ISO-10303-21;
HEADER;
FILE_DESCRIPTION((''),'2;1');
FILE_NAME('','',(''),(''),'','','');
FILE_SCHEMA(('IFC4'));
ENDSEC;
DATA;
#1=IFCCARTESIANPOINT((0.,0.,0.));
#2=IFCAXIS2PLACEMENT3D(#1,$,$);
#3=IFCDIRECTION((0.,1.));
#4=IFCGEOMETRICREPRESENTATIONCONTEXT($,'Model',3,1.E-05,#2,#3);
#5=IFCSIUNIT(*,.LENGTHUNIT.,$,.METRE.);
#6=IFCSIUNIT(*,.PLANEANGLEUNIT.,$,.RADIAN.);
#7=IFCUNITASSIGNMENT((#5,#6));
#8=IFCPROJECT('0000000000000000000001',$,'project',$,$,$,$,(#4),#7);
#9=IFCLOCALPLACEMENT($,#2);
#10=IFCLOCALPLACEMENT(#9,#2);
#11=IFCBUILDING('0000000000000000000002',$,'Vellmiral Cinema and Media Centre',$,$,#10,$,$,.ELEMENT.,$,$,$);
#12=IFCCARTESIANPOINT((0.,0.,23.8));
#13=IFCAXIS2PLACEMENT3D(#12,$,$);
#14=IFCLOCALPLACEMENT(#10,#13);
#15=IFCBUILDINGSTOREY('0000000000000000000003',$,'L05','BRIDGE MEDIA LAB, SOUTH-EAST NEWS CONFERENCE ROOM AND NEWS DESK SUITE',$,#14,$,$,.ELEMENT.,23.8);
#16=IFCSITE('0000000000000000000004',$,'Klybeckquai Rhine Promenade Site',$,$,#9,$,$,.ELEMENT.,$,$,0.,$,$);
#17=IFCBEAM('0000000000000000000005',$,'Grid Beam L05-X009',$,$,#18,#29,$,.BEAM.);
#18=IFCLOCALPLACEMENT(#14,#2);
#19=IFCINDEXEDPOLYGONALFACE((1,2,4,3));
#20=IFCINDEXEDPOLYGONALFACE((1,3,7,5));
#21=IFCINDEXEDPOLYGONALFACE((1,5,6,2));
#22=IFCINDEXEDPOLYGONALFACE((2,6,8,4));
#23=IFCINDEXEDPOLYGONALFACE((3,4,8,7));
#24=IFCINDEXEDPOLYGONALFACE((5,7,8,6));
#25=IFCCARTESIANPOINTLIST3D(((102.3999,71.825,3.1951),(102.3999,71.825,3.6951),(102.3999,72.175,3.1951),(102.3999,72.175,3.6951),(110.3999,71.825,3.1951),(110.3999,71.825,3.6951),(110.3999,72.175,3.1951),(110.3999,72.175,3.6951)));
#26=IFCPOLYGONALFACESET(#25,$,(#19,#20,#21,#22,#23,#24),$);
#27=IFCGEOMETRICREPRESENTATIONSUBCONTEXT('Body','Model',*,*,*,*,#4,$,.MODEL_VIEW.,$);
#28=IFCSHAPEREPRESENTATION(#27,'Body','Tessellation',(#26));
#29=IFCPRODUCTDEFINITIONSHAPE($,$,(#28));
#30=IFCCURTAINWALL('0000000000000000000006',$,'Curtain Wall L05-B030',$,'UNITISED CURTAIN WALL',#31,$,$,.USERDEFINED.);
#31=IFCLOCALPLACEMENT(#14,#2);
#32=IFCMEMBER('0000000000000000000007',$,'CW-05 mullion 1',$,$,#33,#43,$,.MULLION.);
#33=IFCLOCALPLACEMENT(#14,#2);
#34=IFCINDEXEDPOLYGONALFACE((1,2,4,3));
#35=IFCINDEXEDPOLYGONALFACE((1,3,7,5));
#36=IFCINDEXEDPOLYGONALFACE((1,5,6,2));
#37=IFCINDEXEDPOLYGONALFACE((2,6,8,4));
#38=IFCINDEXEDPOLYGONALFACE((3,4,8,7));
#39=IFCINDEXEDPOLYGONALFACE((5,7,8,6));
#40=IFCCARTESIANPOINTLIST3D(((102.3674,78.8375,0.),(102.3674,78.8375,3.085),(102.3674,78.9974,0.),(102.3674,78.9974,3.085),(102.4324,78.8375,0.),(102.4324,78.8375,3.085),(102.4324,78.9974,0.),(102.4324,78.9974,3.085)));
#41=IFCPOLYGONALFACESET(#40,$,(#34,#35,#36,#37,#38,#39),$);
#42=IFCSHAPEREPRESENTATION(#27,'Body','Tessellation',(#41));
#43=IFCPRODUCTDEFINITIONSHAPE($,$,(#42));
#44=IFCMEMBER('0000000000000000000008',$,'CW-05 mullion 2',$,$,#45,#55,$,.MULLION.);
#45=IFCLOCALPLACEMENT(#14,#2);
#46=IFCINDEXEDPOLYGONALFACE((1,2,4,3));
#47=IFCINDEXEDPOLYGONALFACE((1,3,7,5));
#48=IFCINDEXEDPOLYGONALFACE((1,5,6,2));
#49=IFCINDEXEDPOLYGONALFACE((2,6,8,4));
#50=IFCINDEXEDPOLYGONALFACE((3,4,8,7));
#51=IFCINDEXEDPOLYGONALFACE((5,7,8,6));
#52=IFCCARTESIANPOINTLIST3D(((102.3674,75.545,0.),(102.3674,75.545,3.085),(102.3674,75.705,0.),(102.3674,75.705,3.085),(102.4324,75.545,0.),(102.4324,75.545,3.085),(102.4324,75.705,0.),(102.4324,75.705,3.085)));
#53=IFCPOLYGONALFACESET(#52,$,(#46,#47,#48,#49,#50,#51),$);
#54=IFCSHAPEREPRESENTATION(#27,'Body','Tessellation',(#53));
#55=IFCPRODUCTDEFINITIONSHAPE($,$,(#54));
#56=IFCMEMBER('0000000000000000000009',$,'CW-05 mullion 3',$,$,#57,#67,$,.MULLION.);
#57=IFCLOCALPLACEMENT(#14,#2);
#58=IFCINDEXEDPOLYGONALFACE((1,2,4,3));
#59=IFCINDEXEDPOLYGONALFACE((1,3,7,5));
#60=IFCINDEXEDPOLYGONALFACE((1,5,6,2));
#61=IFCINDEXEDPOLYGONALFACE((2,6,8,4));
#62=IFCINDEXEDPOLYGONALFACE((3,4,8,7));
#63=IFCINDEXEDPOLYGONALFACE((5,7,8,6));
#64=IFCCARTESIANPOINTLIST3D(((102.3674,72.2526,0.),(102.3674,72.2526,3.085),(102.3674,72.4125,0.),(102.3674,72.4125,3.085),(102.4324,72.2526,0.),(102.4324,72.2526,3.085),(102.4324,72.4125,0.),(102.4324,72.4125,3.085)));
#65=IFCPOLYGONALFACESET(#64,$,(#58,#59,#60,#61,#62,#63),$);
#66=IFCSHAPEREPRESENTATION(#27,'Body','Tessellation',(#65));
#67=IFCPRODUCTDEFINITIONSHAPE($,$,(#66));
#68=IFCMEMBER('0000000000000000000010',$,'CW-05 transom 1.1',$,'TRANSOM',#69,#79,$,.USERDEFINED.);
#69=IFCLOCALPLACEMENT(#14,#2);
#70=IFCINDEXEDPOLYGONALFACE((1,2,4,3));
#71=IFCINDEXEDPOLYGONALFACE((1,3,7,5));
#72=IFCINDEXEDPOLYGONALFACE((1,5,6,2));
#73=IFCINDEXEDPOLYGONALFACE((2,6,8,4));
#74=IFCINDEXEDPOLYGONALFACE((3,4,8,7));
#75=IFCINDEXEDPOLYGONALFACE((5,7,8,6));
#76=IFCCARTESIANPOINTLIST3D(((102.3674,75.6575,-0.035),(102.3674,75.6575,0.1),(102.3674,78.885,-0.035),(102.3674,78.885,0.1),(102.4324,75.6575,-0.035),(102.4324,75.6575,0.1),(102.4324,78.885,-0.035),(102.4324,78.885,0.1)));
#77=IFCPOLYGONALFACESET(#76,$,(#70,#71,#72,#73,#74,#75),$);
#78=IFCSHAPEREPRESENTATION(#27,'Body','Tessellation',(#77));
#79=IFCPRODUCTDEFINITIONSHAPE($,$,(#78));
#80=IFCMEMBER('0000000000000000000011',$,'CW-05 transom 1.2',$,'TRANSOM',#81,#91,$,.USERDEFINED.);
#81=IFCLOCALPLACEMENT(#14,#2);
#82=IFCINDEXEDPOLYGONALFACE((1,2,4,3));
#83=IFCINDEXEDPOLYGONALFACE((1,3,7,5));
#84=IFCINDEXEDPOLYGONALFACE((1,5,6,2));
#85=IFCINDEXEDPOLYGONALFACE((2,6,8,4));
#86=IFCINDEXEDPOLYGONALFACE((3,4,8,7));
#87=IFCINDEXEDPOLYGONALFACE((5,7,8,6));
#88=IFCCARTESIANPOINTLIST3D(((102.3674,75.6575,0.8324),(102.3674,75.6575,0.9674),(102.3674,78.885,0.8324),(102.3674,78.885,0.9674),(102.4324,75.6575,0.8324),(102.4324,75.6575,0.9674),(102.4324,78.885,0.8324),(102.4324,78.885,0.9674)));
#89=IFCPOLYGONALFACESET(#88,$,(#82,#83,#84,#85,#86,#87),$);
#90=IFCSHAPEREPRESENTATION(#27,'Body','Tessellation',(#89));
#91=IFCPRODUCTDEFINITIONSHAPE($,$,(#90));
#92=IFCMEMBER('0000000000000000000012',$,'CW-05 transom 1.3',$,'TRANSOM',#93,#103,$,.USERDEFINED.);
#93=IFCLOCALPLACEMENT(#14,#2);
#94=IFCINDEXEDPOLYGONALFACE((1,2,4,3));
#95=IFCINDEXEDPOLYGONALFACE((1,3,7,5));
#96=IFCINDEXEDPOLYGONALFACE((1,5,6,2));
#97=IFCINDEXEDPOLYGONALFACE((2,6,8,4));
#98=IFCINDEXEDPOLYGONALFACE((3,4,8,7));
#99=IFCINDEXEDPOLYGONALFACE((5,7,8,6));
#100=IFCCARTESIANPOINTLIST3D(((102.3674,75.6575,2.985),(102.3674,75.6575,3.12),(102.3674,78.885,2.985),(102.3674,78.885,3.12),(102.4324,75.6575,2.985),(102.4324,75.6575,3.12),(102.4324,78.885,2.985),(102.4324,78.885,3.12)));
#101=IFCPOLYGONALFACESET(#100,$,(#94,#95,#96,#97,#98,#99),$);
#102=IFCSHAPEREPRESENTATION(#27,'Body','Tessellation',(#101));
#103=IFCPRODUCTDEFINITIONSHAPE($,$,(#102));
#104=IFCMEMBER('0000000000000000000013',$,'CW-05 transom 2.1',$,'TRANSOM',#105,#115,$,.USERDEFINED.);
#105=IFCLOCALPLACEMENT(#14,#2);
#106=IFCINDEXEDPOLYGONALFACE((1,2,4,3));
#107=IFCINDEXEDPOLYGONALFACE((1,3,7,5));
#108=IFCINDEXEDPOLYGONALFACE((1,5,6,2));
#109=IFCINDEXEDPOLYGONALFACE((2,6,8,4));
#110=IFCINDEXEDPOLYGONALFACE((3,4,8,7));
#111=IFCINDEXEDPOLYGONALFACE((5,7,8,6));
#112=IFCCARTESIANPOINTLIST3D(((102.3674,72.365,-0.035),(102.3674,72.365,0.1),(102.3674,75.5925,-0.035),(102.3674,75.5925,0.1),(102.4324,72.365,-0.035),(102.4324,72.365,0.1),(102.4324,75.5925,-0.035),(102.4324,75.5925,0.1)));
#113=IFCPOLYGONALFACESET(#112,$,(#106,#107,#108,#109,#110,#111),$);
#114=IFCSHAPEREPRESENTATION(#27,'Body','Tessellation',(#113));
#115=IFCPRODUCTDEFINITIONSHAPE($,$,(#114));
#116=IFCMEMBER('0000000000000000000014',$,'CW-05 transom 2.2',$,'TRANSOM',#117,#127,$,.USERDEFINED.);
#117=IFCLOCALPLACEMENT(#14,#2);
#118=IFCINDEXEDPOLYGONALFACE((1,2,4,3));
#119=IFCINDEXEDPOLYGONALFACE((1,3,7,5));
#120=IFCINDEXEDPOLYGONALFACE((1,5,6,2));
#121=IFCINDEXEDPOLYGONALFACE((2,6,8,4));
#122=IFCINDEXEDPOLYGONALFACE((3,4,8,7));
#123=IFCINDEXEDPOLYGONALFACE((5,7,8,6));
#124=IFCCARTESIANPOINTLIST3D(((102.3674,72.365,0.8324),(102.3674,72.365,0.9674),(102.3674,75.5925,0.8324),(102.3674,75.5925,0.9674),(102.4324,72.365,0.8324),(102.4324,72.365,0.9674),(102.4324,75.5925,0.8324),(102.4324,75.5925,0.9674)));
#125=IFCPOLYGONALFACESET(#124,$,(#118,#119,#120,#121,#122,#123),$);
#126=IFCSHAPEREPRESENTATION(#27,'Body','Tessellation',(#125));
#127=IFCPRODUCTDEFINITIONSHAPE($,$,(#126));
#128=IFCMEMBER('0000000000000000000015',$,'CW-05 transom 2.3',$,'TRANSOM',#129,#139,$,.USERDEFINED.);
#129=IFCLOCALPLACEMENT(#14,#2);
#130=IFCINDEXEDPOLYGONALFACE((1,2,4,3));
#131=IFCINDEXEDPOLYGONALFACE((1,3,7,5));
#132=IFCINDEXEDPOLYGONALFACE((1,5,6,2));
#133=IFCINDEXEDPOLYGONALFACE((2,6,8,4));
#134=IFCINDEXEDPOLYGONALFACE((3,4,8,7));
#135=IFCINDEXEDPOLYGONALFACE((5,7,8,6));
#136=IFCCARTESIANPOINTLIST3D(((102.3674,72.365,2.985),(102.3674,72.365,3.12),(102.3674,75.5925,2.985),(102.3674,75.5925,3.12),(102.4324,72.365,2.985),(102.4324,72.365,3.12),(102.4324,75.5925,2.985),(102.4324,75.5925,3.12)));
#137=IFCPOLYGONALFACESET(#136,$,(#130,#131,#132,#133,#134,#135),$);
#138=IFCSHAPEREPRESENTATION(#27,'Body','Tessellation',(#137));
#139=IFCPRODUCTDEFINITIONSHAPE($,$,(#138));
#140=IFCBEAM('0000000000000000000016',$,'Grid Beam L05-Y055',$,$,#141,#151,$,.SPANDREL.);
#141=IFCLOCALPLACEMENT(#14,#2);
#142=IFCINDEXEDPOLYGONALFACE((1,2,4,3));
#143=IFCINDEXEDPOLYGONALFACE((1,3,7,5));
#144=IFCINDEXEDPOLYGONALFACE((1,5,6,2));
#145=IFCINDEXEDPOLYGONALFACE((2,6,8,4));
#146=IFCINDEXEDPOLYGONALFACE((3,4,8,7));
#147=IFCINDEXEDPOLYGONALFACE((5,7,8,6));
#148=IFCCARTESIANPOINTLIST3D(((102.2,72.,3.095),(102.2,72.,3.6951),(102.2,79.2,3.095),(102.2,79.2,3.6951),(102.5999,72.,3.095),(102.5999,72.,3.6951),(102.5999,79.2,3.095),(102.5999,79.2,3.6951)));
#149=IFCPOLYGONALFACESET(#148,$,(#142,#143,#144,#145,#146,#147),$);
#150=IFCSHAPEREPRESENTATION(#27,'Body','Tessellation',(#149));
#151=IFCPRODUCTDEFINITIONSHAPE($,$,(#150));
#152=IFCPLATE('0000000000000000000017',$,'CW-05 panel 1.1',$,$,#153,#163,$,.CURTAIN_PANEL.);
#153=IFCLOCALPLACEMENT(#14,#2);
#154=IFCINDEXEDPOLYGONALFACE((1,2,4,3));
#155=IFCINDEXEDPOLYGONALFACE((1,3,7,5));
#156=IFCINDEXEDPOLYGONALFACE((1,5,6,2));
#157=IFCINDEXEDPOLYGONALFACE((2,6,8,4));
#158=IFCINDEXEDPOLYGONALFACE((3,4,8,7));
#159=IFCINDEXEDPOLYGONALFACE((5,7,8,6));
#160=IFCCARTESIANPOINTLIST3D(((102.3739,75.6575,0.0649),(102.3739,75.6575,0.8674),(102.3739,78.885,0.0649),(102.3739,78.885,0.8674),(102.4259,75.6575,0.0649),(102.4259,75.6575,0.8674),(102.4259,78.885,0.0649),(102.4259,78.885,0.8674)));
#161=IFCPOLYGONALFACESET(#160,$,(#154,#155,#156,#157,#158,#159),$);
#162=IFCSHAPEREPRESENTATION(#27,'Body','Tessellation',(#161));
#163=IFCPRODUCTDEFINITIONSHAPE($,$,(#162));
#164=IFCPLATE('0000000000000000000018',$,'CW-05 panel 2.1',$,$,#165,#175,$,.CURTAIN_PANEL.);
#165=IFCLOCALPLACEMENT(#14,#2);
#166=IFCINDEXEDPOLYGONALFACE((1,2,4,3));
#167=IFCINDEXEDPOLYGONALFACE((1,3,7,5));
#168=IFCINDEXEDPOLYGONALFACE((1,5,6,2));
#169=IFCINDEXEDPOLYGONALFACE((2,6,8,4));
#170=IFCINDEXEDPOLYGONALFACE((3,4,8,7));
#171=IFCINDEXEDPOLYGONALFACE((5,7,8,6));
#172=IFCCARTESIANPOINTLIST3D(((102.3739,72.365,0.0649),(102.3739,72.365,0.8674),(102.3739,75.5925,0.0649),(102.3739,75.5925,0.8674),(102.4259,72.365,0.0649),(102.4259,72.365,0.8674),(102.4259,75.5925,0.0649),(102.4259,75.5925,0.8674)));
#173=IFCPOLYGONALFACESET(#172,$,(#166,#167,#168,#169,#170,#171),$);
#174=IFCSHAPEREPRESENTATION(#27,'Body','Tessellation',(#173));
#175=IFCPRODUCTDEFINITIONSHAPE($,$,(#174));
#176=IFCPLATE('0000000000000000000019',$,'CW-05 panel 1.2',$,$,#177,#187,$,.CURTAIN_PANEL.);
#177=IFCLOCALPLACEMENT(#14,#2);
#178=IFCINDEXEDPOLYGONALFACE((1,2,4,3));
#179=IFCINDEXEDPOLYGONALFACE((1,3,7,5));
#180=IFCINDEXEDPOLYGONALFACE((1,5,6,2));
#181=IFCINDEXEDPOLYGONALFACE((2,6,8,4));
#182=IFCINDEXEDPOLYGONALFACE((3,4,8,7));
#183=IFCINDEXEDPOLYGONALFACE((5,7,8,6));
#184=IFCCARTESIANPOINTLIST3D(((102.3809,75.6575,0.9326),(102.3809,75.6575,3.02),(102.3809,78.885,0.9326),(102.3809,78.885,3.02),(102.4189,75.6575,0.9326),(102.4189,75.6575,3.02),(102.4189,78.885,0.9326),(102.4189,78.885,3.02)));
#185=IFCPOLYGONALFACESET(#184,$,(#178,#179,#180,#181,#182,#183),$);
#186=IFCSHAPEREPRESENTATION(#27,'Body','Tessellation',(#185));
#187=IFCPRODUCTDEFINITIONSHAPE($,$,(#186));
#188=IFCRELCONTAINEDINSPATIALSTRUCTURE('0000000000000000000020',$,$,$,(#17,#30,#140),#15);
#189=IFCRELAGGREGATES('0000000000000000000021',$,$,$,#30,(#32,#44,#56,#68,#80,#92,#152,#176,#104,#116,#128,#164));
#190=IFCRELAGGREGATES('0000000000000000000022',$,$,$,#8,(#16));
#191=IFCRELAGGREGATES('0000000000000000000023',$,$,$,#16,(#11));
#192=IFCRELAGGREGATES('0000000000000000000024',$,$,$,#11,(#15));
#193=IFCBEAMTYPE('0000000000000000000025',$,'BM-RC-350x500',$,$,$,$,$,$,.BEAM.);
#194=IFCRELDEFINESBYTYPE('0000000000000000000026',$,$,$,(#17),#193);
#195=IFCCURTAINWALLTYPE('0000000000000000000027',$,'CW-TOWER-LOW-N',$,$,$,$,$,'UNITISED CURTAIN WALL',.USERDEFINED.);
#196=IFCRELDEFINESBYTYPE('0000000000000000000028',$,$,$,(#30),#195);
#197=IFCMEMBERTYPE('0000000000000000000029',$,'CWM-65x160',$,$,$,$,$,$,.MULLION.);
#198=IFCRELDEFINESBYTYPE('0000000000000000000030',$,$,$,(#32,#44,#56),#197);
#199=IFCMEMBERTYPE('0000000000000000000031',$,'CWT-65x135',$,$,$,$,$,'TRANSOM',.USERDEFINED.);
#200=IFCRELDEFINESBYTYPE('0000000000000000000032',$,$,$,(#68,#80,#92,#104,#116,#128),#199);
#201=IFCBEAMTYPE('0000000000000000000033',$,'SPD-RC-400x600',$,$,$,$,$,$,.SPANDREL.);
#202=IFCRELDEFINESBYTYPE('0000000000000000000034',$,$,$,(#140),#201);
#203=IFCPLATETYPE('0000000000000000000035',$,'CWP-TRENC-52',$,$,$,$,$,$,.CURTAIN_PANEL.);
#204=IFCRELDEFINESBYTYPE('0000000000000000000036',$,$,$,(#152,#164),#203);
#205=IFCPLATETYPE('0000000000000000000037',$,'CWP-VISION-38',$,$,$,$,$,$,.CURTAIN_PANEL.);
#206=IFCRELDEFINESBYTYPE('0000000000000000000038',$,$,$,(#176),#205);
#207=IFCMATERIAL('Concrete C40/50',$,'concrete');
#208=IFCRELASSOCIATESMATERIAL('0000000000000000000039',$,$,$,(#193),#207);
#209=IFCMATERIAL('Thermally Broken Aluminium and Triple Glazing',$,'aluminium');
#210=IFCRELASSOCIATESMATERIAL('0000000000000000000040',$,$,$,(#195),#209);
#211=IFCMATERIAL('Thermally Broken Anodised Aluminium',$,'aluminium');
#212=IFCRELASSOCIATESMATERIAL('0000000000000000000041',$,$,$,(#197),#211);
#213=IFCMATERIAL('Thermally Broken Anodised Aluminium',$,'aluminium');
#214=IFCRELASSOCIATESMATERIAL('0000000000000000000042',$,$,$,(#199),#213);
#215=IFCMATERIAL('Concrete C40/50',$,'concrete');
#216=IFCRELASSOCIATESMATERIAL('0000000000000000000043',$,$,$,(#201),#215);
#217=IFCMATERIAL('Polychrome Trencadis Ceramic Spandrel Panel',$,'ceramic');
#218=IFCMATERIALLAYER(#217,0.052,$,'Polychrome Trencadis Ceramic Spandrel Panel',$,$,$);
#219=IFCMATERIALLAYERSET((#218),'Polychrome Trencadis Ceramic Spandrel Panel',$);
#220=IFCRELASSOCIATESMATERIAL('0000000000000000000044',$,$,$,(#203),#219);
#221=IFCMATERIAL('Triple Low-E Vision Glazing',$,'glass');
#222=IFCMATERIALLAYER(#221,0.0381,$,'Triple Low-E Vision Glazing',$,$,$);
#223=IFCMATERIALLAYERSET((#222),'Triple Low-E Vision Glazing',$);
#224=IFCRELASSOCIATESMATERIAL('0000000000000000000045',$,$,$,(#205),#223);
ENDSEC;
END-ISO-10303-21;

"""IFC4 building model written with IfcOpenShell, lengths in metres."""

from ifc_helpers import new_model, si_unit, direction, frame, origin, origin_2d, place, context, subcontext, project, spatial, rectangle, extrude, material, layer, layer_set, material_profile, profile_set, type_object, element, aggregate, save


model = new_model("IFC4")

# Units and contexts
model_context = context("Model", 3, precision=1e-05, world=origin(), true_north=direction((0.0, 1.0)))
body_context = subcontext(model_context, "Body", "Model", "MODEL_VIEW")
ifc_project = project(units=[si_unit("LENGTHUNIT", "METRE"), si_unit("PLANEANGLEUNIT", "RADIAN")], contexts=[model_context])

# Site, building, storey
site_placement = place(None, origin())
site = spatial("IfcSite", under=ifc_project, at=site_placement, Name="Klybeckquai Rhine Promenade Site", CompositionType="ELEMENT", RefElevation=0.0)
building_placement = place(site_placement, origin())
building = spatial("IfcBuilding", under=site, at=building_placement, Name="Vellmiral Cinema and Media Centre", CompositionType="ELEMENT")
storey_placement = place(building_placement, frame((0.0, 0.0, 23.8)))
storey = spatial("IfcBuildingStorey", under=building, at=storey_placement, Name="L05", Description="BRIDGE MEDIA LAB, SOUTH-EAST NEWS CONFERENCE ROOM AND NEWS DESK SUITE", CompositionType="ELEMENT", Elevation=23.8)

# Beam
ifc_material_1 = material(Name="Concrete C40/50", Category="concrete")
ifc_material_profile_1 = material_profile(ifc_material_1, rectangle(XDim=0.3501, YDim=0.5, at=origin_2d()), Name="RC 350x500")
ifc_profile_set_1 = profile_set([ifc_material_profile_1], Name="Concrete C40/50")
beam_type_1 = type_object("IfcBeamType", Name="BM-RC-350x500", PredefinedType="BEAM", material=ifc_profile_set_1)
beam_1_placement = place(storey_placement, frame((102.3999, 72.0, 3.4451), z_axis=(1.0, 0.0, 0.0), x_axis=(0.0, 1.0, 0.0)))
element("IfcBeam", 1, at=beam_1_placement, inside=storey, type_object=beam_type_1, Name="Grid Beam L05-X009", PredefinedType="BEAM", context=body_context, shape_type="SweptSolid", body=[
    extrude(rectangle(XDim=0.3501, YDim=0.5, at=origin_2d()), origin(), (0.0, 0.0, 1.0), 8.0),
])

# Curtain wall, members
ifc_material_2 = material(Name="Thermally Broken Aluminium and Triple Glazing", Category="aluminium")
curtain_wall_type = type_object("IfcCurtainWallType", Name="CW-TOWER-LOW-N", ElementType="UNITISED CURTAIN WALL", PredefinedType="USERDEFINED", material=ifc_material_2)
curtain_wall_placement = place(storey_placement, origin())
curtain_wall = element("IfcCurtainWall", 2, at=curtain_wall_placement, inside=storey, type_object=curtain_wall_type, Name="Curtain Wall L05-B030", ObjectType="UNITISED CURTAIN WALL", PredefinedType="USERDEFINED")
ifc_material_3 = material(Name="Thermally Broken Anodised Aluminium", Category="aluminium")
ifc_material_profile_2 = material_profile(ifc_material_3, rectangle(XDim=0.0649, YDim=0.1599, at=origin_2d()), Name="MULL 65x160")
ifc_profile_set_2 = profile_set([ifc_material_profile_2], Name="Thermally Broken Anodised Aluminium")
member_type_1 = type_object("IfcMemberType", Name="CWM-65x160", PredefinedType="MULLION", material=ifc_profile_set_2)
member_1_placement = place(storey_placement, frame((102.3999, 78.9175, 0.0), z_axis=(0.0, 0.0, 1.0), x_axis=(1.0, 0.0, 0.0)))
member_1 = element("IfcMember", 3, at=member_1_placement, type_object=member_type_1, Name="CW-05 mullion 1", PredefinedType="MULLION", context=body_context, shape_type="SweptSolid", body=[
    extrude(rectangle(XDim=0.0649, YDim=0.1599, at=origin_2d()), origin(), (0.0, 0.0, 1.0), 3.085),
])
member_2_placement = place(storey_placement, frame((102.3999, 75.625, 0.0), z_axis=(0.0, 0.0, 1.0), x_axis=(1.0, 0.0, 0.0)))
member_2 = element("IfcMember", 4, at=member_2_placement, type_object=member_type_1, Name="CW-05 mullion 2", PredefinedType="MULLION", context=body_context, shape_type="SweptSolid", body=[
    extrude(rectangle(XDim=0.0649, YDim=0.1599, at=origin_2d()), origin(), (0.0, 0.0, 1.0), 3.085),
])
member_3_placement = place(storey_placement, frame((102.3999, 72.3325, 0.0), z_axis=(0.0, 0.0, 1.0), x_axis=(1.0, 0.0, 0.0)))
member_3 = element("IfcMember", 5, at=member_3_placement, type_object=member_type_1, Name="CW-05 mullion 3", PredefinedType="MULLION", context=body_context, shape_type="SweptSolid", body=[
    extrude(rectangle(XDim=0.0649, YDim=0.1599, at=origin_2d()), origin(), (0.0, 0.0, 1.0), 3.085),
])
ifc_material_4 = material(Name="Thermally Broken Anodised Aluminium", Category="aluminium")
ifc_material_profile_3 = material_profile(ifc_material_4, rectangle(XDim=0.0649, YDim=0.135, at=origin_2d()), Name="MULL 65x135")
ifc_profile_set_3 = profile_set([ifc_material_profile_3], Name="Thermally Broken Anodised Aluminium")
member_type_2 = type_object("IfcMemberType", Name="CWT-65x135", ElementType="TRANSOM", PredefinedType="USERDEFINED", material=ifc_profile_set_3)
member_4_placement = place(storey_placement, frame((102.3999, 78.885, 0.0325), z_axis=(0.0, -1.0, 0.0), x_axis=(1.0, 0.0, 0.0)))
member_4 = element("IfcMember", 6, at=member_4_placement, type_object=member_type_2, Name="CW-05 transom 1.1", ObjectType="TRANSOM", PredefinedType="USERDEFINED", context=body_context, shape_type="SweptSolid", body=[
    extrude(rectangle(XDim=0.0649, YDim=0.135, at=origin_2d()), origin(), (0.0, 0.0, 1.0), 3.2275),
])
member_5_placement = place(storey_placement, frame((102.3999, 78.885, 0.8999), z_axis=(0.0, -1.0, 0.0), x_axis=(1.0, 0.0, 0.0)))
member_5 = element("IfcMember", 7, at=member_5_placement, type_object=member_type_2, Name="CW-05 transom 1.2", ObjectType="TRANSOM", PredefinedType="USERDEFINED", context=body_context, shape_type="SweptSolid", body=[
    extrude(rectangle(XDim=0.0649, YDim=0.135, at=origin_2d()), origin(), (0.0, 0.0, 1.0), 3.2275),
])
member_6_placement = place(storey_placement, frame((102.3999, 78.885, 3.0525), z_axis=(0.0, -1.0, 0.0), x_axis=(1.0, 0.0, 0.0)))
member_6 = element("IfcMember", 8, at=member_6_placement, type_object=member_type_2, Name="CW-05 transom 1.3", ObjectType="TRANSOM", PredefinedType="USERDEFINED", context=body_context, shape_type="SweptSolid", body=[
    extrude(rectangle(XDim=0.0649, YDim=0.135, at=origin_2d()), origin(), (0.0, 0.0, 1.0), 3.2275),
])
member_7_placement = place(storey_placement, frame((102.3999, 75.5925, 0.0325), z_axis=(0.0, -1.0, 0.0), x_axis=(1.0, 0.0, 0.0)))
member_7 = element("IfcMember", 9, at=member_7_placement, type_object=member_type_2, Name="CW-05 transom 2.1", ObjectType="TRANSOM", PredefinedType="USERDEFINED", context=body_context, shape_type="SweptSolid", body=[
    extrude(rectangle(XDim=0.0649, YDim=0.135, at=origin_2d()), origin(), (0.0, 0.0, 1.0), 3.2275),
])
member_8_placement = place(storey_placement, frame((102.3999, 75.5925, 0.8999), z_axis=(0.0, -1.0, 0.0), x_axis=(1.0, 0.0, 0.0)))
member_8 = element("IfcMember", 10, at=member_8_placement, type_object=member_type_2, Name="CW-05 transom 2.2", ObjectType="TRANSOM", PredefinedType="USERDEFINED", context=body_context, shape_type="SweptSolid", body=[
    extrude(rectangle(XDim=0.0649, YDim=0.135, at=origin_2d()), origin(), (0.0, 0.0, 1.0), 3.2275),
])
member_9_placement = place(storey_placement, frame((102.3999, 75.5925, 3.0525), z_axis=(0.0, -1.0, 0.0), x_axis=(1.0, 0.0, 0.0)))
member_9 = element("IfcMember", 11, at=member_9_placement, type_object=member_type_2, Name="CW-05 transom 2.3", ObjectType="TRANSOM", PredefinedType="USERDEFINED", context=body_context, shape_type="SweptSolid", body=[
    extrude(rectangle(XDim=0.0649, YDim=0.135, at=origin_2d()), origin(), (0.0, 0.0, 1.0), 3.2275),
])

# Beam
ifc_material_5 = material(Name="Concrete C40/50", Category="concrete")
ifc_material_profile_4 = material_profile(ifc_material_5, rectangle(XDim=0.3999, YDim=0.6001, at=origin_2d()), Name="RC 400x600")
ifc_profile_set_4 = profile_set([ifc_material_profile_4], Name="Concrete C40/50")
beam_type_2 = type_object("IfcBeamType", Name="SPD-RC-400x600", PredefinedType="SPANDREL", material=ifc_profile_set_4)
beam_2_placement = place(storey_placement, frame((102.3999, 72.0, 3.395), z_axis=(0.0, 1.0, 0.0), x_axis=(-1.0, 0.0, 0.0)))
element("IfcBeam", 12, at=beam_2_placement, inside=storey, type_object=beam_type_2, Name="Grid Beam L05-Y055", PredefinedType="SPANDREL", context=body_context, shape_type="SweptSolid", body=[
    extrude(rectangle(XDim=0.3999, YDim=0.6001, at=origin_2d()), origin(), (0.0, 0.0, 1.0), 7.2),
])

# Plates
ifc_material_6 = material(Name="Polychrome Trencadis Ceramic Spandrel Panel", Category="ceramic")
ifc_layer_1 = layer(ifc_material_6, 0.052, Name="Polychrome Trencadis Ceramic Spandrel Panel")
ifc_layer_set_1 = layer_set([ifc_layer_1], Name="Polychrome Trencadis Ceramic Spandrel Panel")
plate_type_1 = type_object("IfcPlateType", Name="CWP-TRENC-52", PredefinedType="CURTAIN_PANEL", material=ifc_layer_set_1)
plate_1_placement = place(storey_placement, frame((102.3999, 77.2712, 0.0649), z_axis=(0.0, 0.0, 1.0), x_axis=(0.0, -1.0, 0.0)))
plate_1 = element("IfcPlate", 13, at=plate_1_placement, type_object=plate_type_1, Name="CW-05 panel 1.1", PredefinedType="CURTAIN_PANEL", context=body_context, shape_type="SweptSolid", body=[
    extrude(rectangle(XDim=3.2275, YDim=0.052, at=origin_2d()), origin(), (0.0, 0.0, 1.0), 0.8025),
])
plate_2_placement = place(storey_placement, frame((102.3999, 73.9788, 0.0649), z_axis=(0.0, 0.0, 1.0), x_axis=(0.0, -1.0, 0.0)))
plate_2 = element("IfcPlate", 14, at=plate_2_placement, type_object=plate_type_1, Name="CW-05 panel 2.1", PredefinedType="CURTAIN_PANEL", context=body_context, shape_type="SweptSolid", body=[
    extrude(rectangle(XDim=3.2275, YDim=0.052, at=origin_2d()), origin(), (0.0, 0.0, 1.0), 0.8025),
])
ifc_material_7 = material(Name="Triple Low-E Vision Glazing", Category="glass")
ifc_layer_2 = layer(ifc_material_7, 0.0381, Name="Triple Low-E Vision Glazing")
ifc_layer_set_2 = layer_set([ifc_layer_2], Name="Triple Low-E Vision Glazing")
plate_type_2 = type_object("IfcPlateType", Name="CWP-VISION-38", PredefinedType="CURTAIN_PANEL", material=ifc_layer_set_2)
plate_3_placement = place(storey_placement, frame((102.3999, 77.2712, 0.9326), z_axis=(0.0, 0.0, 1.0), x_axis=(0.0, -1.0, 0.0)))
plate_3 = element("IfcPlate", 15, at=plate_3_placement, type_object=plate_type_2, Name="CW-05 panel 1.2", PredefinedType="CURTAIN_PANEL", context=body_context, shape_type="SweptSolid", body=[
    extrude(rectangle(XDim=3.2275, YDim=0.0381, at=origin_2d()), origin(), (0.0, 0.0, 1.0), 2.0874),
])
aggregate(curtain_wall, [member_1, member_2, member_3, member_4, member_5, member_6, plate_1, plate_3, member_7, member_8, member_9, plate_2])

save(model, "model.ifc")
